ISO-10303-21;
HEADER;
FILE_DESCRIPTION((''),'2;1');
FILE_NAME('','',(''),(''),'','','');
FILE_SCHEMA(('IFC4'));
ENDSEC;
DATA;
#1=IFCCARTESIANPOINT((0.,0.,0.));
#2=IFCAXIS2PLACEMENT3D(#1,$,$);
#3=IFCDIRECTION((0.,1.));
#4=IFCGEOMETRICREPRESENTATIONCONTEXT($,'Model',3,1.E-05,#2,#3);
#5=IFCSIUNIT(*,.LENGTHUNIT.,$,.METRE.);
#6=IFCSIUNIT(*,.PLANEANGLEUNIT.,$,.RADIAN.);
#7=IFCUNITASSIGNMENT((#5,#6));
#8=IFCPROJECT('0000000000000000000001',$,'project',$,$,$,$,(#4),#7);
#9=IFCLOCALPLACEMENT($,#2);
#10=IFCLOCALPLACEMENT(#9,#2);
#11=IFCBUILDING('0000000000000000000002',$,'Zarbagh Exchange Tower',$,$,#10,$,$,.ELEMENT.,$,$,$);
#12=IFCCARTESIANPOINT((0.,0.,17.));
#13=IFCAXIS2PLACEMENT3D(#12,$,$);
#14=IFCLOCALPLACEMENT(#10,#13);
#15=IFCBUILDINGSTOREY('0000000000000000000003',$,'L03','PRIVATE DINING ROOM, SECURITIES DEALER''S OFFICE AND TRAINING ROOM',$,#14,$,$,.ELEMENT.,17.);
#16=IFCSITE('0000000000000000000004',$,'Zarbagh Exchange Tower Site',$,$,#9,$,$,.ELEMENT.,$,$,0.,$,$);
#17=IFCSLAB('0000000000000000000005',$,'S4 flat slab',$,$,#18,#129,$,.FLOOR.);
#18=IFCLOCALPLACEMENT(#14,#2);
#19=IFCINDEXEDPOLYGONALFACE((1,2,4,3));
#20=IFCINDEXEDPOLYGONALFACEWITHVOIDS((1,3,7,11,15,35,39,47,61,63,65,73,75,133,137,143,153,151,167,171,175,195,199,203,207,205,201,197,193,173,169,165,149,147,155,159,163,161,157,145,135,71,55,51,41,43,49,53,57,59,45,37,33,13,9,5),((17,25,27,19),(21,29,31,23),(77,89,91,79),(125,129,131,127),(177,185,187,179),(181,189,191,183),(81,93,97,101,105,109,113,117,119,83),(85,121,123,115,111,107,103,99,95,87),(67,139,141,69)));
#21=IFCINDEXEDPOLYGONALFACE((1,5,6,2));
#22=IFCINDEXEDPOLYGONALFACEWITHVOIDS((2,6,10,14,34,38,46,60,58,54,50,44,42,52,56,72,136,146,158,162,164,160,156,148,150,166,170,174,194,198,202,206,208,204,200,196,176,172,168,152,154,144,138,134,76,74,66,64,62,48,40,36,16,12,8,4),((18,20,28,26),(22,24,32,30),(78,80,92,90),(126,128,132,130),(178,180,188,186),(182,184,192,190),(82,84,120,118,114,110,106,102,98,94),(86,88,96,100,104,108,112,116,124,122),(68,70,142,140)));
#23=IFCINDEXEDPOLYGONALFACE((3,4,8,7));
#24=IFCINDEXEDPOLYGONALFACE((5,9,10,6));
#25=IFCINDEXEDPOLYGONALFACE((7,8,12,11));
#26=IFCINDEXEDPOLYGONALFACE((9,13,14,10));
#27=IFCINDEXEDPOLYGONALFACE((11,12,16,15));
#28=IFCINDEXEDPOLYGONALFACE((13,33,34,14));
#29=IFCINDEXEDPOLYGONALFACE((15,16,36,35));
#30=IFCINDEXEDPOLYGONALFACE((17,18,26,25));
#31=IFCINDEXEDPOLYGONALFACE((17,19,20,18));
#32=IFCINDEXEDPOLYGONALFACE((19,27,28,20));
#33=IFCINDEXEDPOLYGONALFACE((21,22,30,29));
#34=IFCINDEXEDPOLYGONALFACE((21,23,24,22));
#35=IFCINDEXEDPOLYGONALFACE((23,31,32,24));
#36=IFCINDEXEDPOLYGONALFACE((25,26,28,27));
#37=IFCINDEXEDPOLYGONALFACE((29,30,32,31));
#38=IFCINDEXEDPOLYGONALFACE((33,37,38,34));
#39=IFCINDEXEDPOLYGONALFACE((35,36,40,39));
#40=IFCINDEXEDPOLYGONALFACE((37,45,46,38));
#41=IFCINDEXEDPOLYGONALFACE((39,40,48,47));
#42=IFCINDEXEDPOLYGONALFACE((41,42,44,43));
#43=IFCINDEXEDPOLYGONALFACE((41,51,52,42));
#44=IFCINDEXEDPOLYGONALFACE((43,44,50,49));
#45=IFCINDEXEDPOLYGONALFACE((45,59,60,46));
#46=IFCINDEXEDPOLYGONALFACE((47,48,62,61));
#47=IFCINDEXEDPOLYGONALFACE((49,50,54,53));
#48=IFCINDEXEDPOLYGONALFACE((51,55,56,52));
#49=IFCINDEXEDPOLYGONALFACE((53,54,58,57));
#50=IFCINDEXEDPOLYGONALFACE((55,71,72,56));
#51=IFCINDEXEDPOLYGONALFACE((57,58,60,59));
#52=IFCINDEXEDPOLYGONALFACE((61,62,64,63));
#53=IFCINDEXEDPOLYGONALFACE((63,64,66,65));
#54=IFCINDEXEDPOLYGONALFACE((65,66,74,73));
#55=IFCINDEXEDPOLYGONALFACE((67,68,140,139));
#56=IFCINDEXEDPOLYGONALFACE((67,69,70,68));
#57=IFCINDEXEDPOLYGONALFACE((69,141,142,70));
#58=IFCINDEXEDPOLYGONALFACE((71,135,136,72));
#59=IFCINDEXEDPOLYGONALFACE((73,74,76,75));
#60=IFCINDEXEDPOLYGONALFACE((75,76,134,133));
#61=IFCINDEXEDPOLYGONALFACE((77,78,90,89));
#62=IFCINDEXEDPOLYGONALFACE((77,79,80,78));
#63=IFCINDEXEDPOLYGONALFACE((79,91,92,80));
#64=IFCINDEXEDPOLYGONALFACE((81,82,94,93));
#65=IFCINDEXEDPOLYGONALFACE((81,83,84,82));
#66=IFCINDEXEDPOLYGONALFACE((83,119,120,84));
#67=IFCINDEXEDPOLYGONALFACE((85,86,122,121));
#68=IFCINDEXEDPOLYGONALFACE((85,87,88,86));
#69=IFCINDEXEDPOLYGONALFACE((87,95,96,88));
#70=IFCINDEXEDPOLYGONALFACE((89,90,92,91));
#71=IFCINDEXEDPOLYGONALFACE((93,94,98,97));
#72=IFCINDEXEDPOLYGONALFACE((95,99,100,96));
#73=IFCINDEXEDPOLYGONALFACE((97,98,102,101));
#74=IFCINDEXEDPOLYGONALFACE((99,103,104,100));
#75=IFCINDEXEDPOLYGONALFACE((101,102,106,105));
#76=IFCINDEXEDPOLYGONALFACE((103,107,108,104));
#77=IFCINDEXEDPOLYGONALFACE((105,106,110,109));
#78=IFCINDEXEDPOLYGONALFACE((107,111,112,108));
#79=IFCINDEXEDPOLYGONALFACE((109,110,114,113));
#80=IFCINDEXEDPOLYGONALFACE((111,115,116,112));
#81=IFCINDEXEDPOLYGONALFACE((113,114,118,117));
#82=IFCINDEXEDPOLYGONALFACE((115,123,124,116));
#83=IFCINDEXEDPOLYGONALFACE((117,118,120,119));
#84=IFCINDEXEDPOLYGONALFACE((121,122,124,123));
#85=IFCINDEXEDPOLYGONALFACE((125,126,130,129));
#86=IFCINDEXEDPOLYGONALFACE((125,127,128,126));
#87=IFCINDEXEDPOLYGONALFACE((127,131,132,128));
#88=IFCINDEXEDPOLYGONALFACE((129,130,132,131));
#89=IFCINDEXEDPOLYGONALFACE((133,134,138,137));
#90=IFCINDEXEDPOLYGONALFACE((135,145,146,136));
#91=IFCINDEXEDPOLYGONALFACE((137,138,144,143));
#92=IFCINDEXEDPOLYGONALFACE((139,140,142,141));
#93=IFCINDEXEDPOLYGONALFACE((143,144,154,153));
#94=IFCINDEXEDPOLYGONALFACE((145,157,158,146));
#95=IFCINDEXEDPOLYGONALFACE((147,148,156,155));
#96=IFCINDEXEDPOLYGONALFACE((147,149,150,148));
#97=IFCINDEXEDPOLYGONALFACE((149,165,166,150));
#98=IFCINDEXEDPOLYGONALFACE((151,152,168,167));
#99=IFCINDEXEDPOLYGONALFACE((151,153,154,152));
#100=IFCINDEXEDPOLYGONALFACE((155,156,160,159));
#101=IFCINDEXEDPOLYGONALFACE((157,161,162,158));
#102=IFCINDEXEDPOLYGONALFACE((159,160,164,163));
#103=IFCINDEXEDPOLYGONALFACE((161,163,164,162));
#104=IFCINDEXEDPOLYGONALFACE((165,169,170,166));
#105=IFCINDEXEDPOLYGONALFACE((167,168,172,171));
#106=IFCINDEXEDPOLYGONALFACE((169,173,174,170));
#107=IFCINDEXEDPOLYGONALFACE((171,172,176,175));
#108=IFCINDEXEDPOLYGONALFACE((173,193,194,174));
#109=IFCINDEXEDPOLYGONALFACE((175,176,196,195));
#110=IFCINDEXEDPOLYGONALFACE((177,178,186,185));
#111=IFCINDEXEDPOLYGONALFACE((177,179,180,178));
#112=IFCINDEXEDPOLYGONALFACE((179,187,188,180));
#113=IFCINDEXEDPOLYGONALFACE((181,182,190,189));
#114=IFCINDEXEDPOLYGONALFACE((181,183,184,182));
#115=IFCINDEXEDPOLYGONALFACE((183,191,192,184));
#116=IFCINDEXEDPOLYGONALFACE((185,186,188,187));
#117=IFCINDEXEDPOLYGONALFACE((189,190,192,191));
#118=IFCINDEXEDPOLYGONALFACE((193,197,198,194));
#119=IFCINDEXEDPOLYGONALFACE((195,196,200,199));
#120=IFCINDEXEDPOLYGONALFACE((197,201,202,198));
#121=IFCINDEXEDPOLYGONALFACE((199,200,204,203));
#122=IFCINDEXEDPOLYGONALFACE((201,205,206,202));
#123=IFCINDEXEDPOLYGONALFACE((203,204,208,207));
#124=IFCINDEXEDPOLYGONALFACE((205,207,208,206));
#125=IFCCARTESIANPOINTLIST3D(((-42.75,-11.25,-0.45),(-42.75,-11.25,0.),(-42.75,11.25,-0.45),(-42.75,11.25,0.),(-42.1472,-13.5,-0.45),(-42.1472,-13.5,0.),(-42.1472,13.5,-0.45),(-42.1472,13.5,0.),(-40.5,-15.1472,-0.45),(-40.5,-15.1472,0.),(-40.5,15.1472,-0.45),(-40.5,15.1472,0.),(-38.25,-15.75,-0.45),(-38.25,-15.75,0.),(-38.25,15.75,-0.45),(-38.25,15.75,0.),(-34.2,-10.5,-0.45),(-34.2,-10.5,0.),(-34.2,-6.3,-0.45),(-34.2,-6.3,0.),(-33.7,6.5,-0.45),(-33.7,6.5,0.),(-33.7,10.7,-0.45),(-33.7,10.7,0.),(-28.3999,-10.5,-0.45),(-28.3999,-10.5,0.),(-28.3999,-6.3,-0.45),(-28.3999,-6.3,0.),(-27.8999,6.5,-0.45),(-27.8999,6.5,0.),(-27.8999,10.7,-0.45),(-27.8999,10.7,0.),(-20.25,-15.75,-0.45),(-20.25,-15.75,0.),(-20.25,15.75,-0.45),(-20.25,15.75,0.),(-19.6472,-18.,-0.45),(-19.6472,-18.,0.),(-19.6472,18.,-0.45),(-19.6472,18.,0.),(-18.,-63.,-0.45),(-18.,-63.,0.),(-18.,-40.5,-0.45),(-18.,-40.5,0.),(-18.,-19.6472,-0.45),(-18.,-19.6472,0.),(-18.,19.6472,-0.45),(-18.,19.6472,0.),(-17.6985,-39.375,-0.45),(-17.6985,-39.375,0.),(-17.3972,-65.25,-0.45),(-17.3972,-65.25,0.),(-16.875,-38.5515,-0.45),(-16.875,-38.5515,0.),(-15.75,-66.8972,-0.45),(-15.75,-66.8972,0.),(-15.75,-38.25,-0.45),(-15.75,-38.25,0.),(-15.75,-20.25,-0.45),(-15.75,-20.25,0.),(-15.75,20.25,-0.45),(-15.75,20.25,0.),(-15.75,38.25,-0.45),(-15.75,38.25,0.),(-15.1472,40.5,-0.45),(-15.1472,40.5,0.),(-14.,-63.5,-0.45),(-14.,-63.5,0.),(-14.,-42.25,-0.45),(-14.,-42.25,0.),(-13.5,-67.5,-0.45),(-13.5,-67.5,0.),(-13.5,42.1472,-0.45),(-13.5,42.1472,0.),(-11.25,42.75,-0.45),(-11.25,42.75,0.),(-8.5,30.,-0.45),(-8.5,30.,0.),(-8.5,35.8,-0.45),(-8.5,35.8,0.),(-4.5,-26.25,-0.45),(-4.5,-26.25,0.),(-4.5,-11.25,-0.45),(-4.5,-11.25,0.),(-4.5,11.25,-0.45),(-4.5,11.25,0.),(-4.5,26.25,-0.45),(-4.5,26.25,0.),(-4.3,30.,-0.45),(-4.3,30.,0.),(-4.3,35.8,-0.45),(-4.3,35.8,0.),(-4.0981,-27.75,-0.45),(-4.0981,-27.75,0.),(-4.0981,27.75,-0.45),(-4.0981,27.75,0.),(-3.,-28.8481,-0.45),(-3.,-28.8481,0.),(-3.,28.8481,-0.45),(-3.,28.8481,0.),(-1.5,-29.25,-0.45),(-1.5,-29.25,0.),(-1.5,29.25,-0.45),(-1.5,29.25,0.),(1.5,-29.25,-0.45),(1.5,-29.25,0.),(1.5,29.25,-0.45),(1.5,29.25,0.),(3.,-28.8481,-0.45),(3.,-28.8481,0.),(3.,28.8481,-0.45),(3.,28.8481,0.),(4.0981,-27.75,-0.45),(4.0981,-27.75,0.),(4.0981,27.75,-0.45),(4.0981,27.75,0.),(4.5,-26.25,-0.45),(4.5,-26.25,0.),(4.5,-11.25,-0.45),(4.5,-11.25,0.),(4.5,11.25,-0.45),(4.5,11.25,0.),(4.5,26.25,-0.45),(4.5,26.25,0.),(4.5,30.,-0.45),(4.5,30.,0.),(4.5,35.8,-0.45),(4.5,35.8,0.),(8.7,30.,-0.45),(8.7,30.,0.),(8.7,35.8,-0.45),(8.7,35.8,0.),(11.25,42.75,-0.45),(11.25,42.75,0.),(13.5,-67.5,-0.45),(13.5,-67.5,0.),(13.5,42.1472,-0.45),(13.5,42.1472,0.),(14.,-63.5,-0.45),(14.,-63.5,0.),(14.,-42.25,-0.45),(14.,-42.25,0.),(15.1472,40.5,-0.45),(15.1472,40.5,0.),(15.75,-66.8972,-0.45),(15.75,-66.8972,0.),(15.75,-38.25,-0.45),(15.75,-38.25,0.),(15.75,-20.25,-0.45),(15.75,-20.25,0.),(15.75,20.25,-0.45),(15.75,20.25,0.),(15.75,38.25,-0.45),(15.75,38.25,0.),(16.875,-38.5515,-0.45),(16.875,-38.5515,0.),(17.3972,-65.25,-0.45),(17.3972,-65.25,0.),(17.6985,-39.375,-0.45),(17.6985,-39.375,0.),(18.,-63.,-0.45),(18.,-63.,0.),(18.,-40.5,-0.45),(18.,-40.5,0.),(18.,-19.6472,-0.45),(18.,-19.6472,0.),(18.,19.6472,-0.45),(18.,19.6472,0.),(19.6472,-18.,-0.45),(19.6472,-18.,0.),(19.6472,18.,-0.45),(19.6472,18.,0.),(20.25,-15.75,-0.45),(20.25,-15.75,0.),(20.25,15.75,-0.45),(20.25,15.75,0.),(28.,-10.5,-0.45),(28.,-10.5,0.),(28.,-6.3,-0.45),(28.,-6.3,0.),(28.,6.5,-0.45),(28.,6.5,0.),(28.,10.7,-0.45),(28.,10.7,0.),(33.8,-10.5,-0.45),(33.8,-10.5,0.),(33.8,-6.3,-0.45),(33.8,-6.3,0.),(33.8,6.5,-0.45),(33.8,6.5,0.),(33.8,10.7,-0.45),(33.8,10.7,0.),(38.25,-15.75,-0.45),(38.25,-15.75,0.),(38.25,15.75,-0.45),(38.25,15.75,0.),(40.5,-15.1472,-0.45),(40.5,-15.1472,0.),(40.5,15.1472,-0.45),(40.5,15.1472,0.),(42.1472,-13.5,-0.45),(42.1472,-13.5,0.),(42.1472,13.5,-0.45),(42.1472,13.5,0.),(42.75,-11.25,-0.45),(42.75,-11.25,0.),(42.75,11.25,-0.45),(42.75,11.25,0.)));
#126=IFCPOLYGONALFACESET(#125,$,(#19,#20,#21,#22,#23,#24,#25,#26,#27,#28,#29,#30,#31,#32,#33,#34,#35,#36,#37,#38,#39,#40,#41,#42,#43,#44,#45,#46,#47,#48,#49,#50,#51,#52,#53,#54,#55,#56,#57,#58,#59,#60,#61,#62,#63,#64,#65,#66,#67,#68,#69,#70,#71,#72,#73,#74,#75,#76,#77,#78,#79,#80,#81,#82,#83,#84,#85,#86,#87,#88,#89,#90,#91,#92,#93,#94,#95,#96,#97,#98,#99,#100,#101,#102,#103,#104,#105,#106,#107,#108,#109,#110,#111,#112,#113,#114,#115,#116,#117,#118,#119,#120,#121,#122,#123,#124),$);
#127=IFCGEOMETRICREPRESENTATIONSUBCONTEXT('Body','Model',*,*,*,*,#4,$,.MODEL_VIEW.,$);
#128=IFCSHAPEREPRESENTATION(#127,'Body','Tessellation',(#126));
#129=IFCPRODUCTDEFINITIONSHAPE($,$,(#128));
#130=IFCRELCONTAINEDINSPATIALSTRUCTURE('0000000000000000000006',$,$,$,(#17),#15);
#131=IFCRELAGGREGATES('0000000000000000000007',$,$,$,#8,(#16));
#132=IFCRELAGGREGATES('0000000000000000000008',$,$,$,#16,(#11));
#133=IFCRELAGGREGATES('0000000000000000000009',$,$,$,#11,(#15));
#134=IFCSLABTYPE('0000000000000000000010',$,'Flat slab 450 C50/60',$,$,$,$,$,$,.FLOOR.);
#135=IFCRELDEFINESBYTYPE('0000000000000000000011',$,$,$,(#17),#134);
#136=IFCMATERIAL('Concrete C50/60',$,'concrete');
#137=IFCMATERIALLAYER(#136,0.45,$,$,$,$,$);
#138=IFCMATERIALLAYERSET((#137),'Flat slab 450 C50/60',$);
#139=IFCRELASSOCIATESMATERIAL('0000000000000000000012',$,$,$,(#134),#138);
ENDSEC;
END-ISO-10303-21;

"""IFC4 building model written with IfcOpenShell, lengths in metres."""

from ifc_helpers import new_model, si_unit, direction, frame, origin, place, context, subcontext, project, spatial, polyline, outline, extrude, material, layer, layer_set, type_object, element, save


model = new_model("IFC4")

# Units and contexts
model_context = context("Model", 3, precision=1e-05, world=origin(), true_north=direction((0.0, 1.0)))
body_context = subcontext(model_context, "Body", "Model", "MODEL_VIEW")
ifc_project = project(units=[si_unit("LENGTHUNIT", "METRE"), si_unit("PLANEANGLEUNIT", "RADIAN")], contexts=[model_context])

# Site, building, storey
site_placement = place(None, origin())
site = spatial("IfcSite", under=ifc_project, at=site_placement, Name="Zarbagh Exchange Tower Site", CompositionType="ELEMENT", RefElevation=0.0)
building_placement = place(site_placement, origin())
building = spatial("IfcBuilding", under=site, at=building_placement, Name="Zarbagh Exchange Tower", CompositionType="ELEMENT")
storey_placement = place(building_placement, frame((0.0, 0.0, 17.0)))
storey = spatial("IfcBuildingStorey", under=building, at=storey_placement, Name="L03", Description="PRIVATE DINING ROOM, SECURITIES DEALER'S OFFICE AND TRAINING ROOM", CompositionType="ELEMENT", Elevation=17.0)

# Slab
ifc_material_1 = material(Name="Concrete C50/60", Category="concrete")
ifc_layer_1 = layer(ifc_material_1, 0.45)
ifc_layer_set_1 = layer_set([ifc_layer_1], Name="Flat slab 450 C50/60")
slab_type_1 = type_object("IfcSlabType", Name="Flat slab 450 C50/60", PredefinedType="FLOOR", material=ifc_layer_set_1)
slab_1_placement = place(storey_placement, frame((0.0, 0.0, -0.45)))
element("IfcSlab", 1, at=slab_1_placement, inside=storey, type_object=slab_type_1, Name="S4 flat slab", PredefinedType="FLOOR", context=body_context, shape_type="SweptSolid", body=[
    extrude(outline(polyline([(15.75, -66.8972), (13.5, -67.5), (-13.5, -67.5), (-15.75, -66.8972), (-17.3972, -65.25), (-18.0, -63.0), (-18.0, -40.5), (-17.6985, -39.375), (-16.875, -38.5515), (-15.75, -38.25), (-15.75, -20.25), (-18.0, -19.6472), (-19.6472, -18.0), (-20.25, -15.75), (-38.25, -15.75), (-40.5, -15.1472), (-42.1472, -13.5), (-42.75, -11.25), (-42.75, 11.25), (-42.1472, 13.5), (-40.5, 15.1472), (-38.25, 15.75), (-20.25, 15.75), (-19.6472, 18.0), (-18.0, 19.6472), (-15.75, 20.25), (-15.75, 38.25), (-15.1472, 40.5), (-13.5, 42.1472), (-11.25, 42.75), (11.25, 42.75), (13.5, 42.1472), (15.1472, 40.5), (15.75, 38.25), (15.75, 20.25), (18.0, 19.6472), (19.6472, 18.0), (20.25, 15.75), (38.25, 15.75), (40.5, 15.1472), (42.1472, 13.5), (42.75, 11.25), (42.75, -11.25), (42.1472, -13.5), (40.5, -15.1472), (38.25, -15.75), (20.25, -15.75), (19.6472, -18.0), (18.0, -19.6472), (15.75, -20.25), (15.75, -38.25), (16.875, -38.5515), (17.6985, -39.375), (18.0, -40.5), (18.0, -63.0), (17.3972, -65.25), (15.75, -66.8972)]), holes=[polyline([(-14.0, -63.5), (14.0, -63.5), (14.0, -42.25), (-14.0, -42.25), (-14.0, -63.5)]), polyline([(4.5, 26.25), (4.0981, 27.75), (3.0, 28.8481), (1.5, 29.25), (-1.5, 29.25), (-3.0, 28.8481), (-4.0981, 27.75), (-4.5, 26.25), (-4.5, 11.25), (4.5, 11.25), (4.5, 26.25)]), polyline([(1.5, -29.25), (3.0, -28.8481), (4.0981, -27.75), (4.5, -26.25), (4.5, -11.25), (-4.5, -11.25), (-4.5, -26.25), (-4.0981, -27.75), (-3.0, -28.8481), (-1.5, -29.25), (1.5, -29.25)]), polyline([(-34.2, -6.3), (-34.2, -10.5), (-28.3999, -10.5), (-28.3999, -6.3), (-34.2, -6.3)]), polyline([(28.0, -10.5), (33.8, -10.5), (33.8, -6.3), (28.0, -6.3), (28.0, -10.5)]), polyline([(-27.8999, 10.7), (-33.7, 10.7), (-33.7, 6.5), (-27.8999, 6.5), (-27.8999, 10.7)]), polyline([(33.8, 6.5), (33.8, 10.7), (28.0, 10.7), (28.0, 6.5), (33.8, 6.5)]), polyline([(-4.3, 30.0), (-4.3, 35.8), (-8.5, 35.8), (-8.5, 30.0), (-4.3, 30.0)]), polyline([(8.7, 30.0), (8.7, 35.8), (4.5, 35.8), (4.5, 30.0), (8.7, 30.0)])]), origin(), (0.0, 0.0, 1.0), 0.45),
])

save(model, "model.ifc")
